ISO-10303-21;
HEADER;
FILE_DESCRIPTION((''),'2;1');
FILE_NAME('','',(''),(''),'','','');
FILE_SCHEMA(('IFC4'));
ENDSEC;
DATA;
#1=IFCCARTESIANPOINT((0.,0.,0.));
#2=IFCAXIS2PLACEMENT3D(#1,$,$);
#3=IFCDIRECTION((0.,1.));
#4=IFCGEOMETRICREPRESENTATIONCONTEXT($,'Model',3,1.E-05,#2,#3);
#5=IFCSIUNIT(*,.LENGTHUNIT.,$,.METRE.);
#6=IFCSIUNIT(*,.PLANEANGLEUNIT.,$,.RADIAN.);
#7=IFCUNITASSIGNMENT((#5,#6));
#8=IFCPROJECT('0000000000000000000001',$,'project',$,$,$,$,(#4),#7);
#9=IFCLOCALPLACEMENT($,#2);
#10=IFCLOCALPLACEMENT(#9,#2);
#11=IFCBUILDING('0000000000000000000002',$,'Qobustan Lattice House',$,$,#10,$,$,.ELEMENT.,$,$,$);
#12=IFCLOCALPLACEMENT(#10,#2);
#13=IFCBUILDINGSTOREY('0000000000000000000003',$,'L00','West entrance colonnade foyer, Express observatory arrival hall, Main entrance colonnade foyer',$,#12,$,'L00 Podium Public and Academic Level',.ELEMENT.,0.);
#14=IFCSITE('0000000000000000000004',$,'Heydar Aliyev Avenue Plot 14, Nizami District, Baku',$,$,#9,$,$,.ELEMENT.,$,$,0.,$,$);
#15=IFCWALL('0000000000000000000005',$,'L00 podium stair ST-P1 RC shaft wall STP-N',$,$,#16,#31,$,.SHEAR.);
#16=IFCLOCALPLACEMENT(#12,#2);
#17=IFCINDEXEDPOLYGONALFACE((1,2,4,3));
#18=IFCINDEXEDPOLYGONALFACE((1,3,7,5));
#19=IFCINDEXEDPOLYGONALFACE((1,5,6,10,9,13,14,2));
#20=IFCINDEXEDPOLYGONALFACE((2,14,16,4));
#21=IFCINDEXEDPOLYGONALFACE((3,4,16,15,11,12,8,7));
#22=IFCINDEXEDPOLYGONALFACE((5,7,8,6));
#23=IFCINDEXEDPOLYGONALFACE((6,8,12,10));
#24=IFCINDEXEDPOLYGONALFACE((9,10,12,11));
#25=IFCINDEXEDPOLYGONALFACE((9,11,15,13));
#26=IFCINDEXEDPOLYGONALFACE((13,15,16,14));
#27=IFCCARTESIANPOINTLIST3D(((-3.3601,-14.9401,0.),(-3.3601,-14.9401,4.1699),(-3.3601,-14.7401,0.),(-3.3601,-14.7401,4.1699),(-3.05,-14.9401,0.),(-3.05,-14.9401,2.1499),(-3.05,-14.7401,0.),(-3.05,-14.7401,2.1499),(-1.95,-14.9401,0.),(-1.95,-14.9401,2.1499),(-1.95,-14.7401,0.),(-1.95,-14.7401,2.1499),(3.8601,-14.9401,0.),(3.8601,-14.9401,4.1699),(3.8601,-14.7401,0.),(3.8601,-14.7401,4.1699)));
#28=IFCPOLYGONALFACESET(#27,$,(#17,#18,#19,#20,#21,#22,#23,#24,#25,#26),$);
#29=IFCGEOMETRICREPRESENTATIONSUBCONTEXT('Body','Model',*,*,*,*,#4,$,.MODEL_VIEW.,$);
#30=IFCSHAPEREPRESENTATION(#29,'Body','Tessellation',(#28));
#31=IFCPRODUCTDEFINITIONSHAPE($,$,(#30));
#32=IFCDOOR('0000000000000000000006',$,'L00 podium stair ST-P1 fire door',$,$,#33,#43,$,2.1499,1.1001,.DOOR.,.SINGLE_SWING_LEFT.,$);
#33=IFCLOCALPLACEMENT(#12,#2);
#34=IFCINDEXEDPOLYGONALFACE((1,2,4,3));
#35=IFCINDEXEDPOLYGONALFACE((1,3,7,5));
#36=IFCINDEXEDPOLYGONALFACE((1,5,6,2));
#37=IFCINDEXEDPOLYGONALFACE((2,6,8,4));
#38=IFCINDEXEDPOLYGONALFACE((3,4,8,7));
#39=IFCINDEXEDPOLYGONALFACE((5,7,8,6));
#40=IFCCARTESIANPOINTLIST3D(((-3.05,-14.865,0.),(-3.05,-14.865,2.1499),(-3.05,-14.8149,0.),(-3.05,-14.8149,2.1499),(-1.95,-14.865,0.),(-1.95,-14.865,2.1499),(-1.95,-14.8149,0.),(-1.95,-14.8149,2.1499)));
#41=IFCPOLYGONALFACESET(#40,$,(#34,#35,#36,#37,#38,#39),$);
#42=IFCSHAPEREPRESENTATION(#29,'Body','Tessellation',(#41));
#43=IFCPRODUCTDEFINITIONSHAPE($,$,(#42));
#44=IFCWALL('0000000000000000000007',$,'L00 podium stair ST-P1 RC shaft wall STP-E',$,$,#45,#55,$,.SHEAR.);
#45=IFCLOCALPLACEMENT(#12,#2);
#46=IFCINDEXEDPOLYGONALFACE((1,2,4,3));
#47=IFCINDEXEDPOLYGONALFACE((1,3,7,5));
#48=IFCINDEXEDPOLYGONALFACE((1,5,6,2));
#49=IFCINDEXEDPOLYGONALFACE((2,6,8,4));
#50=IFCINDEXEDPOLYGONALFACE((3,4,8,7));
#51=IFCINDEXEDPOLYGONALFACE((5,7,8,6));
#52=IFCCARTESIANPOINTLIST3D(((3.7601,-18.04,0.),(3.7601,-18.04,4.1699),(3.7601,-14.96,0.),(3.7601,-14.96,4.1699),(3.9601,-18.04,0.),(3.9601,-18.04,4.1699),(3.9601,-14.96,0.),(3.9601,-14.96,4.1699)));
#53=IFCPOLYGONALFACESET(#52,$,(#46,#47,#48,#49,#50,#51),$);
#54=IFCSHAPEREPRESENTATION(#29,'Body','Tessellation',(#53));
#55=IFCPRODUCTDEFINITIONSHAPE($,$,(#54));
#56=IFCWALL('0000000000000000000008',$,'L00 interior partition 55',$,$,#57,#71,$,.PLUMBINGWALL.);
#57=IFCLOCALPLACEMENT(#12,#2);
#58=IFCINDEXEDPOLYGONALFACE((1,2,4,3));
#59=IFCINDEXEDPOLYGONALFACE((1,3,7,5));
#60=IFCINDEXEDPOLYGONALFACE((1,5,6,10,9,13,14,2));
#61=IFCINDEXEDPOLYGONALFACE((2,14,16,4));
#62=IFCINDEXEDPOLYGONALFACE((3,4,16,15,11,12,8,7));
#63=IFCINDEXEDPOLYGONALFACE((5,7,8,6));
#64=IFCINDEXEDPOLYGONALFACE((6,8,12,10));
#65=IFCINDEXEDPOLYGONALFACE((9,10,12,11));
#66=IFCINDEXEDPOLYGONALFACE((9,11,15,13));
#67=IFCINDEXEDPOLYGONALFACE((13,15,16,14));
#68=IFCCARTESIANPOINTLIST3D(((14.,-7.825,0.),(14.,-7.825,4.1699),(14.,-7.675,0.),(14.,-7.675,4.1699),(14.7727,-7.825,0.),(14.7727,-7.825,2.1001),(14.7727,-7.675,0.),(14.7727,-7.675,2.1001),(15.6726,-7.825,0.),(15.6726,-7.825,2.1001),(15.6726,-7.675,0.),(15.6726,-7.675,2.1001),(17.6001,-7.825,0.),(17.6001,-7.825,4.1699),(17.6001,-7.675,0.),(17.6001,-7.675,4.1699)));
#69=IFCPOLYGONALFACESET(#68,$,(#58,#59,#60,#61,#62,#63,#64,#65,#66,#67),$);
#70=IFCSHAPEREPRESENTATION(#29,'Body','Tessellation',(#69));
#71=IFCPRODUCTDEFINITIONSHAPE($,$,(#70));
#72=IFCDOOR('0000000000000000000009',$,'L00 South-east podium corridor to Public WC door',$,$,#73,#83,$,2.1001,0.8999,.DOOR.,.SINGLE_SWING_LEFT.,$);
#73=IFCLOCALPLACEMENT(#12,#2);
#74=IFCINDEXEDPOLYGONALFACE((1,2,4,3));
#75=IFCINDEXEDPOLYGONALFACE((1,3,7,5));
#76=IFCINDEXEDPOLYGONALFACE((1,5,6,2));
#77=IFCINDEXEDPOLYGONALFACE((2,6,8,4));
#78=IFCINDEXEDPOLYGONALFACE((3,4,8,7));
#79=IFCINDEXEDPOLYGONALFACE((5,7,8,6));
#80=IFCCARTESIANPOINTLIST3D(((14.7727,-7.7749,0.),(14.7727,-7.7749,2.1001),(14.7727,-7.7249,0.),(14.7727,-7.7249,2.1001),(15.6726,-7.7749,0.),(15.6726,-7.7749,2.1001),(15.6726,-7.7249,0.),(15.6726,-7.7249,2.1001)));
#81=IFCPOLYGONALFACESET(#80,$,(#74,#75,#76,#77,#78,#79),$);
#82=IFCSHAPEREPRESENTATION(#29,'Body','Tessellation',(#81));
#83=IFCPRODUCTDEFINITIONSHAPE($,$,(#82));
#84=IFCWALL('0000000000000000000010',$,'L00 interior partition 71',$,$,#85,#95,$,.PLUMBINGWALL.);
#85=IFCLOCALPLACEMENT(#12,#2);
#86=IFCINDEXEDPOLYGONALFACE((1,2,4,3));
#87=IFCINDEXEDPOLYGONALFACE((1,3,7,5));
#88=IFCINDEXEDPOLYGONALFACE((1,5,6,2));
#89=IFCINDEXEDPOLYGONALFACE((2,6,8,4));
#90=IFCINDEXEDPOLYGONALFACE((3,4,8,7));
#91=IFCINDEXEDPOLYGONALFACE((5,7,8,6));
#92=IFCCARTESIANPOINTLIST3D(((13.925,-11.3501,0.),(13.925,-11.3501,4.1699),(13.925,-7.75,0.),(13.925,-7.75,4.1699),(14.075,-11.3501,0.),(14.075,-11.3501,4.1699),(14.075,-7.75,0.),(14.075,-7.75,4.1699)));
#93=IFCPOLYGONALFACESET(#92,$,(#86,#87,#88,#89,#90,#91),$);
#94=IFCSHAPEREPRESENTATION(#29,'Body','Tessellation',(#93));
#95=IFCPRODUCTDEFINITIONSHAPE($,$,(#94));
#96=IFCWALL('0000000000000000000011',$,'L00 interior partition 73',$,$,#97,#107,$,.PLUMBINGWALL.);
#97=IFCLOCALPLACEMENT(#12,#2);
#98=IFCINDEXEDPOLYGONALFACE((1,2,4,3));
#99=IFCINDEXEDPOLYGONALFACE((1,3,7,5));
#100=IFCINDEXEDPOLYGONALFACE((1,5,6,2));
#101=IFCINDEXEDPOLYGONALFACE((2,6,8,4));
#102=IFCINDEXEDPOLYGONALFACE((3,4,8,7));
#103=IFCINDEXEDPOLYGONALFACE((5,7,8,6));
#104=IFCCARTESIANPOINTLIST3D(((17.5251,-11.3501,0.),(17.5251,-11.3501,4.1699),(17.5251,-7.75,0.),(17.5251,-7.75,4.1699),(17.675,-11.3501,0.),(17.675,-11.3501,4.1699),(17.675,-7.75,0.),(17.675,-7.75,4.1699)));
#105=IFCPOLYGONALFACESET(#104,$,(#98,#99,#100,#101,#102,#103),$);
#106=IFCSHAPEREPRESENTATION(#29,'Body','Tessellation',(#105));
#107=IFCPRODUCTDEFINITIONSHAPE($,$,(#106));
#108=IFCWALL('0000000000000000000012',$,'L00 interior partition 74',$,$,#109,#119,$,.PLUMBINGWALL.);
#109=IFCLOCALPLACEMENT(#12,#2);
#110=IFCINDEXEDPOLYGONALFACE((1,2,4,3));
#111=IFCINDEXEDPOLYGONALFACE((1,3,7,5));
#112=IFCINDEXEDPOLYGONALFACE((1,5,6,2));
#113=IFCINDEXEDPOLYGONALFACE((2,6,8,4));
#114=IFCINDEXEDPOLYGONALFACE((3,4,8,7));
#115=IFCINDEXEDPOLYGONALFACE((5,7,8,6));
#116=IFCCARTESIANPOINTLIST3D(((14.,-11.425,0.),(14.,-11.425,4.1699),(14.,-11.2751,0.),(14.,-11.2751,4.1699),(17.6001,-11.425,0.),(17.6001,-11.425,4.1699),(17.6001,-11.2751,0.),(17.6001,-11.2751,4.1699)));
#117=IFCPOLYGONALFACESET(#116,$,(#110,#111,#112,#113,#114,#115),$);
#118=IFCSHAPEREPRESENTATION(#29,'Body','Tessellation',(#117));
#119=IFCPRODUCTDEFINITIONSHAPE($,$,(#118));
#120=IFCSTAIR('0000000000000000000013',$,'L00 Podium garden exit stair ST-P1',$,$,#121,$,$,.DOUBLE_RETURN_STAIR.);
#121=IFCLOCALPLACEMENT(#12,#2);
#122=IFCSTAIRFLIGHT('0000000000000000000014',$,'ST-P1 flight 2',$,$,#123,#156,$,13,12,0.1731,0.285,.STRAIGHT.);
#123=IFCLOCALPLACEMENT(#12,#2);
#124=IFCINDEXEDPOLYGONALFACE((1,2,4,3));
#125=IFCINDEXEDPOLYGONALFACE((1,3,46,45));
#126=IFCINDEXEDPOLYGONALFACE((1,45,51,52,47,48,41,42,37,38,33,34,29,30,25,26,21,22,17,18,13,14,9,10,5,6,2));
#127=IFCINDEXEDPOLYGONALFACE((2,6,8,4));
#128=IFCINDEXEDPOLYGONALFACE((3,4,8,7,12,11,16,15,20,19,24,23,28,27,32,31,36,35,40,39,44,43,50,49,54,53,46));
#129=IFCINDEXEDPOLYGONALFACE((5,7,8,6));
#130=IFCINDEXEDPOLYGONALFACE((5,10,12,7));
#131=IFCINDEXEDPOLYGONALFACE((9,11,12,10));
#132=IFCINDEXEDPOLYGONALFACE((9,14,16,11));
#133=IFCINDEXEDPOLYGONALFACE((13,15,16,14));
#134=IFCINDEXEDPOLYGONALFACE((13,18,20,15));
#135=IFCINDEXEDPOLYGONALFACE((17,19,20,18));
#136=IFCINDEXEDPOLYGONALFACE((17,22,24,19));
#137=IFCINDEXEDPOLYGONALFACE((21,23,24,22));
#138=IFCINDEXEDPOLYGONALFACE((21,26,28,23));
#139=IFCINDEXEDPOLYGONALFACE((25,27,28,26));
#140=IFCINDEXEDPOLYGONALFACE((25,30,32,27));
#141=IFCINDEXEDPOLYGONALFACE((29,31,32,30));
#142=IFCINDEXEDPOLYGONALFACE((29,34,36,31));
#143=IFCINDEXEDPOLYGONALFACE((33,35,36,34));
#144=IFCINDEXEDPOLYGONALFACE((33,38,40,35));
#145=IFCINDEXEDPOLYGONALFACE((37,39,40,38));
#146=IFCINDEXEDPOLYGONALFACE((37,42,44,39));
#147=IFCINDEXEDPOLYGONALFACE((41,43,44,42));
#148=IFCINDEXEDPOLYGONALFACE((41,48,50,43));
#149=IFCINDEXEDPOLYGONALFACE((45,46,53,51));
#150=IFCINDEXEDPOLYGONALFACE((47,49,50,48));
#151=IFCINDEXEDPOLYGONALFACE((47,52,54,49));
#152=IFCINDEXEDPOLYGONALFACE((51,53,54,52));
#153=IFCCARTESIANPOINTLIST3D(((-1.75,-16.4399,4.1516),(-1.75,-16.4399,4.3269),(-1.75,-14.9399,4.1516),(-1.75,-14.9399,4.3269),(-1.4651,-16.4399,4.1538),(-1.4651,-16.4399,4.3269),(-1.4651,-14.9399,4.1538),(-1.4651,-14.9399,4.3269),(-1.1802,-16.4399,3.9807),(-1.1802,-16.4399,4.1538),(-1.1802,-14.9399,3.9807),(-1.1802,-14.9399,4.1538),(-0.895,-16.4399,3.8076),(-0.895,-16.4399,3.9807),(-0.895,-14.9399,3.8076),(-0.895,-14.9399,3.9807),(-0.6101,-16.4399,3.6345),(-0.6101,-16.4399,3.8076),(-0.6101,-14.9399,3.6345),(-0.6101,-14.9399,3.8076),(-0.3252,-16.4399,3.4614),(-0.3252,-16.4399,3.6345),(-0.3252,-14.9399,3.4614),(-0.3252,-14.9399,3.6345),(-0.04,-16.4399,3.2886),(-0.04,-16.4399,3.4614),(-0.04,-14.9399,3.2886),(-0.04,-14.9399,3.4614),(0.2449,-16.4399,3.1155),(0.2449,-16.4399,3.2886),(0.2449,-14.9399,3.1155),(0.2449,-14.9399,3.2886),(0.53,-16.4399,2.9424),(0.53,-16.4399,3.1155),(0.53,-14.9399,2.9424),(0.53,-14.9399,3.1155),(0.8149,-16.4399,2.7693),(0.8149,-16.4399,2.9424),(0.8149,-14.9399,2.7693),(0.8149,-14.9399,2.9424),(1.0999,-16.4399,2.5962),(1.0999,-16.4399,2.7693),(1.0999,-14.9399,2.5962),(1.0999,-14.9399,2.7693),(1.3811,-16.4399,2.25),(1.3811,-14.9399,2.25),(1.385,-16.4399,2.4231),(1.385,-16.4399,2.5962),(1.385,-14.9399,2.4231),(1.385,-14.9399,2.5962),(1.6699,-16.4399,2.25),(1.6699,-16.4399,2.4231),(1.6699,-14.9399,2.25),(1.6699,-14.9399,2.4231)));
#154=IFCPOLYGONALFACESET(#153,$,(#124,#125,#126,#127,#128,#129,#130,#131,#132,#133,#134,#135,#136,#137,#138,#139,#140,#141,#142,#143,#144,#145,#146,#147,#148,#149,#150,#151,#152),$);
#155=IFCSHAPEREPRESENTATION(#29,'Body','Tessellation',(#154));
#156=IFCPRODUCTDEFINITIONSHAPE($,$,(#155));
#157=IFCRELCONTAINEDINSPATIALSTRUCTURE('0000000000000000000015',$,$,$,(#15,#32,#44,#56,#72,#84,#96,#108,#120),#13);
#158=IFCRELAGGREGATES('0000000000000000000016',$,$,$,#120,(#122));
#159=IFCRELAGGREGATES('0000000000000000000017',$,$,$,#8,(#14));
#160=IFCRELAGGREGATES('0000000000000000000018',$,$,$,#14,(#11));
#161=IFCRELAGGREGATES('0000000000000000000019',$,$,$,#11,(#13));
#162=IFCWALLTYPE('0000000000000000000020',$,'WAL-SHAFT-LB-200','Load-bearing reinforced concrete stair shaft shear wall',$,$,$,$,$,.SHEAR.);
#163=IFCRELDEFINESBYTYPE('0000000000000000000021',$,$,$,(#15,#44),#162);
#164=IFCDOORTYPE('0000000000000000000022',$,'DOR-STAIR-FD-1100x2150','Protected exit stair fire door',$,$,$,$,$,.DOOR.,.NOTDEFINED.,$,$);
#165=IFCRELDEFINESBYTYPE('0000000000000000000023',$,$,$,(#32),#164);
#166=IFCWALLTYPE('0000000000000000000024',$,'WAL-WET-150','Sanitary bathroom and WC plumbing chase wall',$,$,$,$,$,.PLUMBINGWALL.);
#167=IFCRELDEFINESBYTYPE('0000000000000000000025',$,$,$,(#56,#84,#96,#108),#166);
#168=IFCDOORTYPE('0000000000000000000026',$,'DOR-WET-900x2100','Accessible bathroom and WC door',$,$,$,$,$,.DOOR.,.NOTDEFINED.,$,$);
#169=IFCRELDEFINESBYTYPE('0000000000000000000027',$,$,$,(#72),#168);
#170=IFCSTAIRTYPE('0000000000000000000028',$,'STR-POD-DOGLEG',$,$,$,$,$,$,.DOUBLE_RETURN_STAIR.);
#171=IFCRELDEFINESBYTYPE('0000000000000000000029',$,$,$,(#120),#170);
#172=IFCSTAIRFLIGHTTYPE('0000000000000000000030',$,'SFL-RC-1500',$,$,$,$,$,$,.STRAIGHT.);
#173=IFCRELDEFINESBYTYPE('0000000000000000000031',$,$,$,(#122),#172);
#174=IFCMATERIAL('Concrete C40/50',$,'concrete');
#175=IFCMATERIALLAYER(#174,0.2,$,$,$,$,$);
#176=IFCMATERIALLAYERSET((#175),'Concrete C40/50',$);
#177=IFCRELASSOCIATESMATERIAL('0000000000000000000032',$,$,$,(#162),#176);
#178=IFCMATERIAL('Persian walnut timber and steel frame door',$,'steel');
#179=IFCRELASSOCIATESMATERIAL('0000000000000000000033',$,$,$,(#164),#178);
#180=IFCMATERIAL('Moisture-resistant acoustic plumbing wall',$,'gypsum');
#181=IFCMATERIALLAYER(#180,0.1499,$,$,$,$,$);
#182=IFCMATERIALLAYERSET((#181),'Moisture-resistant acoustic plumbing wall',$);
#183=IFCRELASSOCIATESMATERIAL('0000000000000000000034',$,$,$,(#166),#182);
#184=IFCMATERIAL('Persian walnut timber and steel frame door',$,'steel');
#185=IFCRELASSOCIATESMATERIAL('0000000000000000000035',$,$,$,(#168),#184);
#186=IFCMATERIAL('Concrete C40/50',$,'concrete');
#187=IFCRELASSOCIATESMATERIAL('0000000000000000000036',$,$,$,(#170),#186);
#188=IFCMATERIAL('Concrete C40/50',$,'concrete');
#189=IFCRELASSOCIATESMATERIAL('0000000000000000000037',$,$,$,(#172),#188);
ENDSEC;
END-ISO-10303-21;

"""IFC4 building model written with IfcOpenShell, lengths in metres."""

from ifc_helpers import new_model, si_unit, direction, frame, frame_2d, origin, place, context, subcontext, project, spatial, polyline, rectangle, outline, extrude, material, layer, layer_set, type_object, element, fill, aggregate, save


model = new_model("IFC4")

# Units and contexts
model_context = context("Model", 3, precision=1e-05, world=origin(), true_north=direction((0.0, 1.0)))
body_context = subcontext(model_context, "Body", "Model", "MODEL_VIEW")
ifc_project = project(units=[si_unit("LENGTHUNIT", "METRE"), si_unit("PLANEANGLEUNIT", "RADIAN")], contexts=[model_context])

# Site, building, storey
site_placement = place(None, origin())
site = spatial("IfcSite", under=ifc_project, at=site_placement, Name="Heydar Aliyev Avenue Plot 14, Nizami District, Baku", CompositionType="ELEMENT", RefElevation=0.0)
building_placement = place(site_placement, origin())
building = spatial("IfcBuilding", under=site, at=building_placement, Name="Qobustan Lattice House", CompositionType="ELEMENT")
storey_placement = place(building_placement, origin())
storey = spatial("IfcBuildingStorey", under=building, at=storey_placement, Name="L00", Description="West entrance colonnade foyer, Express observatory arrival hall, Main entrance colonnade foyer", LongName="L00 Podium Public and Academic Level", CompositionType="ELEMENT", Elevation=0.0)

# Wall, opening, door
ifc_material_1 = material(Name="Concrete C40/50", Category="concrete")
ifc_layer_1 = layer(ifc_material_1, 0.2)
ifc_layer_set_1 = layer_set([ifc_layer_1], Name="Concrete C40/50")
wall_type_1 = type_object("IfcWallType", Name="WAL-SHAFT-LB-200", Description="Load-bearing reinforced concrete stair shaft shear wall", PredefinedType="SHEAR", material=ifc_layer_set_1)
wall_1_placement = place(storey_placement, frame((3.8601, -14.8401, 0.0), z_axis=(0.0, 0.0, 1.0), x_axis=(-1.0, 0.0, 0.0)))
wall_1 = element("IfcWall", 1, at=wall_1_placement, inside=storey, type_object=wall_type_1, Name="L00 podium stair ST-P1 RC shaft wall STP-N", PredefinedType="SHEAR", context=body_context, shape_type="SweptSolid", body=[
    extrude(rectangle(XDim=7.2202, YDim=0.2, at=frame_2d((3.6101, 0.0))), origin(), (0.0, 0.0, 1.0), 4.1699),
])
opening_1_placement = place(wall_1_placement, frame((5.8101, 0.0, 0.0)))
opening_1 = element("IfcOpeningElement", 2, at=opening_1_placement, cuts=wall_1, PredefinedType="OPENING", context=body_context, shape_type="SweptSolid", body=[
    extrude(rectangle(XDim=1.1001, YDim=2.1499, at=frame_2d((0.55, 1.075))), frame((0.0, 0.1099, 0.0), z_axis=(0.0, -1.0, 0.0), x_axis=(1.0, 0.0, 0.0)), (0.0, 0.0, 1.0), 0.22),
])
ifc_material_2 = material(Name="Persian walnut timber and steel frame door", Category="steel")
door_type_1 = type_object("IfcDoorType", Name="DOR-STAIR-FD-1100x2150", Description="Protected exit stair fire door", OperationType="NOTDEFINED", PredefinedType="DOOR", material=ifc_material_2)
door_1_placement = place(opening_1_placement, origin())
door_1 = element("IfcDoor", 3, at=door_1_placement, inside=storey, type_object=door_type_1, Name="L00 podium stair ST-P1 fire door", OperationType="SINGLE_SWING_LEFT", OverallHeight=2.1499, OverallWidth=1.1001, PredefinedType="DOOR", context=body_context, shape_type="SweptSolid", body=[
    extrude(rectangle(XDim=1.1001, YDim=2.1499, at=frame_2d((0.55, 1.075))), frame((0.0, 0.0249, 0.0), z_axis=(0.0, -1.0, 0.0), x_axis=(1.0, 0.0, 0.0)), (0.0, 0.0, 1.0), 0.05),
])
fill(opening_1, door_1)

# Wall
wall_2_placement = place(storey_placement, frame((3.8601, -18.04, 0.0), z_axis=(0.0, 0.0, 1.0), x_axis=(0.0, 1.0, 0.0)))
element("IfcWall", 4, at=wall_2_placement, inside=storey, type_object=wall_type_1, Name="L00 podium stair ST-P1 RC shaft wall STP-E", PredefinedType="SHEAR", context=body_context, shape_type="SweptSolid", body=[
    extrude(rectangle(XDim=3.0801, YDim=0.2, at=frame_2d((1.54, 0.0))), origin(), (0.0, 0.0, 1.0), 4.1699),
])

# Wall, opening, door
ifc_material_3 = material(Name="Moisture-resistant acoustic plumbing wall", Category="gypsum")
ifc_layer_2 = layer(ifc_material_3, 0.1499)
ifc_layer_set_2 = layer_set([ifc_layer_2], Name="Moisture-resistant acoustic plumbing wall")
wall_type_2 = type_object("IfcWallType", Name="WAL-WET-150", Description="Sanitary bathroom and WC plumbing chase wall", PredefinedType="PLUMBINGWALL", material=ifc_layer_set_2)
wall_3_placement = place(storey_placement, frame((17.6001, -7.75, 0.0), z_axis=(0.0, 0.0, 1.0), x_axis=(-1.0, 0.0, 0.0)))
wall_3 = element("IfcWall", 5, at=wall_3_placement, inside=storey, type_object=wall_type_2, Name="L00 interior partition 55", PredefinedType="PLUMBINGWALL", context=body_context, shape_type="SweptSolid", body=[
    extrude(rectangle(XDim=3.6001, YDim=0.1499, at=frame_2d((1.8, 0.0))), origin(), (0.0, 0.0, 1.0), 4.1699),
])
opening_2_placement = place(wall_3_placement, frame((1.9275, 0.0, 0.0)))
opening_2 = element("IfcOpeningElement", 6, at=opening_2_placement, cuts=wall_3, PredefinedType="OPENING", context=body_context, shape_type="SweptSolid", body=[
    extrude(rectangle(XDim=0.8999, YDim=2.1001, at=frame_2d((0.45, 1.05))), frame((0.0, 0.085, 0.0), z_axis=(0.0, -1.0, 0.0), x_axis=(1.0, 0.0, 0.0)), (0.0, 0.0, 1.0), 0.1699),
])
ifc_material_4 = material(Name="Persian walnut timber and steel frame door", Category="steel")
door_type_2 = type_object("IfcDoorType", Name="DOR-WET-900x2100", Description="Accessible bathroom and WC door", OperationType="NOTDEFINED", PredefinedType="DOOR", material=ifc_material_4)
door_2_placement = place(opening_2_placement, origin())
door_2 = element("IfcDoor", 7, at=door_2_placement, inside=storey, type_object=door_type_2, Name="L00 South-east podium corridor to Public WC door", OperationType="SINGLE_SWING_LEFT", OverallHeight=2.1001, OverallWidth=0.8999, PredefinedType="DOOR", context=body_context, shape_type="SweptSolid", body=[
    extrude(rectangle(XDim=0.8999, YDim=2.1001, at=frame_2d((0.45, 1.05))), frame((0.0, 0.0249, 0.0), z_axis=(0.0, -1.0, 0.0), x_axis=(1.0, 0.0, 0.0)), (0.0, 0.0, 1.0), 0.05),
])
fill(opening_2, door_2)

# Walls
for number, where, z_axis, x_axis, name in (
    (8, (14.0, -7.75, 0.0), (0.0, 0.0, 1.0), (0.0, -1.0, 0.0), "L00 interior partition 71"),
    (9, (17.6001, -7.75, 0.0), (0.0, 0.0, 1.0), (0.0, -1.0, 0.0), "L00 interior partition 73"),
    (10, (17.6001, -11.3501, 0.0), (0.0, 0.0, 1.0), (-1.0, 0.0, 0.0), "L00 interior partition 74"),
):
    element("IfcWall", number, at=place(storey_placement, frame(where, z_axis=z_axis, x_axis=x_axis)), inside=storey, type_object=wall_type_2, Name=name, PredefinedType="PLUMBINGWALL", context=body_context, shape_type="SweptSolid", body=[
        extrude(rectangle(XDim=3.6001, YDim=0.1499, at=frame_2d((1.8, 0.0))), origin(), (0.0, 0.0, 1.0), 4.1699),
    ])

# Stair, stair flight
ifc_material_5 = material(Name="Concrete C40/50", Category="concrete")
stair_type = type_object("IfcStairType", Name="STR-POD-DOGLEG", PredefinedType="DOUBLE_RETURN_STAIR", material=ifc_material_5)
stair_placement = place(storey_placement, origin())
stair = element("IfcStair", 11, at=stair_placement, inside=storey, type_object=stair_type, Name="L00 Podium garden exit stair ST-P1", PredefinedType="DOUBLE_RETURN_STAIR")
ifc_material_6 = material(Name="Concrete C40/50", Category="concrete")
stair_flight_type = type_object("IfcStairFlightType", Name="SFL-RC-1500", PredefinedType="STRAIGHT", material=ifc_material_6)
stair_flight_placement = place(storey_placement, frame((1.6699, -15.6899, 2.25), z_axis=(0.0, 0.0, 1.0), x_axis=(-1.0, 0.0, 0.0)))
stair_flight = element("IfcStairFlight", 12, at=stair_flight_placement, type_object=stair_flight_type, Name="ST-P1 flight 2", NumberOfRisers=13, NumberOfTreads=12, PredefinedType="STRAIGHT", RiserHeight=0.1731, TreadLength=0.285, context=body_context, shape_type="SweptSolid", body=[
    extrude(outline(polyline([(0.0, 0.0), (0.0, 0.1731), (0.2849, 0.1731), (0.2849, 0.3462), (0.5701, 0.3462), (0.5701, 0.5193), (0.855, 0.5193), (0.855, 0.6924), (1.1399, 0.6924), (1.1399, 0.8655), (1.425, 0.8655), (1.425, 1.0386), (1.71, 1.0386), (1.71, 1.2114), (1.9951, 1.2114), (1.9951, 1.3845), (2.28, 1.3845), (2.28, 1.5576), (2.5649, 1.5576), (2.5649, 1.7307), (2.8501, 1.7307), (2.8501, 1.9038), (3.135, 1.9038), (3.135, 2.0769), (3.4199, 2.0769), (3.4199, 2.25), (3.4199, 1.9016), (0.2888, 0.0), (0.0, 0.0)])), frame((0.0, 0.75, 0.0), z_axis=(0.0, -1.0, 0.0), x_axis=(1.0, 0.0, 0.0)), (0.0, 0.0, 1.0), 1.5),
])
aggregate(stair, [stair_flight])

save(model, "model.ifc")
